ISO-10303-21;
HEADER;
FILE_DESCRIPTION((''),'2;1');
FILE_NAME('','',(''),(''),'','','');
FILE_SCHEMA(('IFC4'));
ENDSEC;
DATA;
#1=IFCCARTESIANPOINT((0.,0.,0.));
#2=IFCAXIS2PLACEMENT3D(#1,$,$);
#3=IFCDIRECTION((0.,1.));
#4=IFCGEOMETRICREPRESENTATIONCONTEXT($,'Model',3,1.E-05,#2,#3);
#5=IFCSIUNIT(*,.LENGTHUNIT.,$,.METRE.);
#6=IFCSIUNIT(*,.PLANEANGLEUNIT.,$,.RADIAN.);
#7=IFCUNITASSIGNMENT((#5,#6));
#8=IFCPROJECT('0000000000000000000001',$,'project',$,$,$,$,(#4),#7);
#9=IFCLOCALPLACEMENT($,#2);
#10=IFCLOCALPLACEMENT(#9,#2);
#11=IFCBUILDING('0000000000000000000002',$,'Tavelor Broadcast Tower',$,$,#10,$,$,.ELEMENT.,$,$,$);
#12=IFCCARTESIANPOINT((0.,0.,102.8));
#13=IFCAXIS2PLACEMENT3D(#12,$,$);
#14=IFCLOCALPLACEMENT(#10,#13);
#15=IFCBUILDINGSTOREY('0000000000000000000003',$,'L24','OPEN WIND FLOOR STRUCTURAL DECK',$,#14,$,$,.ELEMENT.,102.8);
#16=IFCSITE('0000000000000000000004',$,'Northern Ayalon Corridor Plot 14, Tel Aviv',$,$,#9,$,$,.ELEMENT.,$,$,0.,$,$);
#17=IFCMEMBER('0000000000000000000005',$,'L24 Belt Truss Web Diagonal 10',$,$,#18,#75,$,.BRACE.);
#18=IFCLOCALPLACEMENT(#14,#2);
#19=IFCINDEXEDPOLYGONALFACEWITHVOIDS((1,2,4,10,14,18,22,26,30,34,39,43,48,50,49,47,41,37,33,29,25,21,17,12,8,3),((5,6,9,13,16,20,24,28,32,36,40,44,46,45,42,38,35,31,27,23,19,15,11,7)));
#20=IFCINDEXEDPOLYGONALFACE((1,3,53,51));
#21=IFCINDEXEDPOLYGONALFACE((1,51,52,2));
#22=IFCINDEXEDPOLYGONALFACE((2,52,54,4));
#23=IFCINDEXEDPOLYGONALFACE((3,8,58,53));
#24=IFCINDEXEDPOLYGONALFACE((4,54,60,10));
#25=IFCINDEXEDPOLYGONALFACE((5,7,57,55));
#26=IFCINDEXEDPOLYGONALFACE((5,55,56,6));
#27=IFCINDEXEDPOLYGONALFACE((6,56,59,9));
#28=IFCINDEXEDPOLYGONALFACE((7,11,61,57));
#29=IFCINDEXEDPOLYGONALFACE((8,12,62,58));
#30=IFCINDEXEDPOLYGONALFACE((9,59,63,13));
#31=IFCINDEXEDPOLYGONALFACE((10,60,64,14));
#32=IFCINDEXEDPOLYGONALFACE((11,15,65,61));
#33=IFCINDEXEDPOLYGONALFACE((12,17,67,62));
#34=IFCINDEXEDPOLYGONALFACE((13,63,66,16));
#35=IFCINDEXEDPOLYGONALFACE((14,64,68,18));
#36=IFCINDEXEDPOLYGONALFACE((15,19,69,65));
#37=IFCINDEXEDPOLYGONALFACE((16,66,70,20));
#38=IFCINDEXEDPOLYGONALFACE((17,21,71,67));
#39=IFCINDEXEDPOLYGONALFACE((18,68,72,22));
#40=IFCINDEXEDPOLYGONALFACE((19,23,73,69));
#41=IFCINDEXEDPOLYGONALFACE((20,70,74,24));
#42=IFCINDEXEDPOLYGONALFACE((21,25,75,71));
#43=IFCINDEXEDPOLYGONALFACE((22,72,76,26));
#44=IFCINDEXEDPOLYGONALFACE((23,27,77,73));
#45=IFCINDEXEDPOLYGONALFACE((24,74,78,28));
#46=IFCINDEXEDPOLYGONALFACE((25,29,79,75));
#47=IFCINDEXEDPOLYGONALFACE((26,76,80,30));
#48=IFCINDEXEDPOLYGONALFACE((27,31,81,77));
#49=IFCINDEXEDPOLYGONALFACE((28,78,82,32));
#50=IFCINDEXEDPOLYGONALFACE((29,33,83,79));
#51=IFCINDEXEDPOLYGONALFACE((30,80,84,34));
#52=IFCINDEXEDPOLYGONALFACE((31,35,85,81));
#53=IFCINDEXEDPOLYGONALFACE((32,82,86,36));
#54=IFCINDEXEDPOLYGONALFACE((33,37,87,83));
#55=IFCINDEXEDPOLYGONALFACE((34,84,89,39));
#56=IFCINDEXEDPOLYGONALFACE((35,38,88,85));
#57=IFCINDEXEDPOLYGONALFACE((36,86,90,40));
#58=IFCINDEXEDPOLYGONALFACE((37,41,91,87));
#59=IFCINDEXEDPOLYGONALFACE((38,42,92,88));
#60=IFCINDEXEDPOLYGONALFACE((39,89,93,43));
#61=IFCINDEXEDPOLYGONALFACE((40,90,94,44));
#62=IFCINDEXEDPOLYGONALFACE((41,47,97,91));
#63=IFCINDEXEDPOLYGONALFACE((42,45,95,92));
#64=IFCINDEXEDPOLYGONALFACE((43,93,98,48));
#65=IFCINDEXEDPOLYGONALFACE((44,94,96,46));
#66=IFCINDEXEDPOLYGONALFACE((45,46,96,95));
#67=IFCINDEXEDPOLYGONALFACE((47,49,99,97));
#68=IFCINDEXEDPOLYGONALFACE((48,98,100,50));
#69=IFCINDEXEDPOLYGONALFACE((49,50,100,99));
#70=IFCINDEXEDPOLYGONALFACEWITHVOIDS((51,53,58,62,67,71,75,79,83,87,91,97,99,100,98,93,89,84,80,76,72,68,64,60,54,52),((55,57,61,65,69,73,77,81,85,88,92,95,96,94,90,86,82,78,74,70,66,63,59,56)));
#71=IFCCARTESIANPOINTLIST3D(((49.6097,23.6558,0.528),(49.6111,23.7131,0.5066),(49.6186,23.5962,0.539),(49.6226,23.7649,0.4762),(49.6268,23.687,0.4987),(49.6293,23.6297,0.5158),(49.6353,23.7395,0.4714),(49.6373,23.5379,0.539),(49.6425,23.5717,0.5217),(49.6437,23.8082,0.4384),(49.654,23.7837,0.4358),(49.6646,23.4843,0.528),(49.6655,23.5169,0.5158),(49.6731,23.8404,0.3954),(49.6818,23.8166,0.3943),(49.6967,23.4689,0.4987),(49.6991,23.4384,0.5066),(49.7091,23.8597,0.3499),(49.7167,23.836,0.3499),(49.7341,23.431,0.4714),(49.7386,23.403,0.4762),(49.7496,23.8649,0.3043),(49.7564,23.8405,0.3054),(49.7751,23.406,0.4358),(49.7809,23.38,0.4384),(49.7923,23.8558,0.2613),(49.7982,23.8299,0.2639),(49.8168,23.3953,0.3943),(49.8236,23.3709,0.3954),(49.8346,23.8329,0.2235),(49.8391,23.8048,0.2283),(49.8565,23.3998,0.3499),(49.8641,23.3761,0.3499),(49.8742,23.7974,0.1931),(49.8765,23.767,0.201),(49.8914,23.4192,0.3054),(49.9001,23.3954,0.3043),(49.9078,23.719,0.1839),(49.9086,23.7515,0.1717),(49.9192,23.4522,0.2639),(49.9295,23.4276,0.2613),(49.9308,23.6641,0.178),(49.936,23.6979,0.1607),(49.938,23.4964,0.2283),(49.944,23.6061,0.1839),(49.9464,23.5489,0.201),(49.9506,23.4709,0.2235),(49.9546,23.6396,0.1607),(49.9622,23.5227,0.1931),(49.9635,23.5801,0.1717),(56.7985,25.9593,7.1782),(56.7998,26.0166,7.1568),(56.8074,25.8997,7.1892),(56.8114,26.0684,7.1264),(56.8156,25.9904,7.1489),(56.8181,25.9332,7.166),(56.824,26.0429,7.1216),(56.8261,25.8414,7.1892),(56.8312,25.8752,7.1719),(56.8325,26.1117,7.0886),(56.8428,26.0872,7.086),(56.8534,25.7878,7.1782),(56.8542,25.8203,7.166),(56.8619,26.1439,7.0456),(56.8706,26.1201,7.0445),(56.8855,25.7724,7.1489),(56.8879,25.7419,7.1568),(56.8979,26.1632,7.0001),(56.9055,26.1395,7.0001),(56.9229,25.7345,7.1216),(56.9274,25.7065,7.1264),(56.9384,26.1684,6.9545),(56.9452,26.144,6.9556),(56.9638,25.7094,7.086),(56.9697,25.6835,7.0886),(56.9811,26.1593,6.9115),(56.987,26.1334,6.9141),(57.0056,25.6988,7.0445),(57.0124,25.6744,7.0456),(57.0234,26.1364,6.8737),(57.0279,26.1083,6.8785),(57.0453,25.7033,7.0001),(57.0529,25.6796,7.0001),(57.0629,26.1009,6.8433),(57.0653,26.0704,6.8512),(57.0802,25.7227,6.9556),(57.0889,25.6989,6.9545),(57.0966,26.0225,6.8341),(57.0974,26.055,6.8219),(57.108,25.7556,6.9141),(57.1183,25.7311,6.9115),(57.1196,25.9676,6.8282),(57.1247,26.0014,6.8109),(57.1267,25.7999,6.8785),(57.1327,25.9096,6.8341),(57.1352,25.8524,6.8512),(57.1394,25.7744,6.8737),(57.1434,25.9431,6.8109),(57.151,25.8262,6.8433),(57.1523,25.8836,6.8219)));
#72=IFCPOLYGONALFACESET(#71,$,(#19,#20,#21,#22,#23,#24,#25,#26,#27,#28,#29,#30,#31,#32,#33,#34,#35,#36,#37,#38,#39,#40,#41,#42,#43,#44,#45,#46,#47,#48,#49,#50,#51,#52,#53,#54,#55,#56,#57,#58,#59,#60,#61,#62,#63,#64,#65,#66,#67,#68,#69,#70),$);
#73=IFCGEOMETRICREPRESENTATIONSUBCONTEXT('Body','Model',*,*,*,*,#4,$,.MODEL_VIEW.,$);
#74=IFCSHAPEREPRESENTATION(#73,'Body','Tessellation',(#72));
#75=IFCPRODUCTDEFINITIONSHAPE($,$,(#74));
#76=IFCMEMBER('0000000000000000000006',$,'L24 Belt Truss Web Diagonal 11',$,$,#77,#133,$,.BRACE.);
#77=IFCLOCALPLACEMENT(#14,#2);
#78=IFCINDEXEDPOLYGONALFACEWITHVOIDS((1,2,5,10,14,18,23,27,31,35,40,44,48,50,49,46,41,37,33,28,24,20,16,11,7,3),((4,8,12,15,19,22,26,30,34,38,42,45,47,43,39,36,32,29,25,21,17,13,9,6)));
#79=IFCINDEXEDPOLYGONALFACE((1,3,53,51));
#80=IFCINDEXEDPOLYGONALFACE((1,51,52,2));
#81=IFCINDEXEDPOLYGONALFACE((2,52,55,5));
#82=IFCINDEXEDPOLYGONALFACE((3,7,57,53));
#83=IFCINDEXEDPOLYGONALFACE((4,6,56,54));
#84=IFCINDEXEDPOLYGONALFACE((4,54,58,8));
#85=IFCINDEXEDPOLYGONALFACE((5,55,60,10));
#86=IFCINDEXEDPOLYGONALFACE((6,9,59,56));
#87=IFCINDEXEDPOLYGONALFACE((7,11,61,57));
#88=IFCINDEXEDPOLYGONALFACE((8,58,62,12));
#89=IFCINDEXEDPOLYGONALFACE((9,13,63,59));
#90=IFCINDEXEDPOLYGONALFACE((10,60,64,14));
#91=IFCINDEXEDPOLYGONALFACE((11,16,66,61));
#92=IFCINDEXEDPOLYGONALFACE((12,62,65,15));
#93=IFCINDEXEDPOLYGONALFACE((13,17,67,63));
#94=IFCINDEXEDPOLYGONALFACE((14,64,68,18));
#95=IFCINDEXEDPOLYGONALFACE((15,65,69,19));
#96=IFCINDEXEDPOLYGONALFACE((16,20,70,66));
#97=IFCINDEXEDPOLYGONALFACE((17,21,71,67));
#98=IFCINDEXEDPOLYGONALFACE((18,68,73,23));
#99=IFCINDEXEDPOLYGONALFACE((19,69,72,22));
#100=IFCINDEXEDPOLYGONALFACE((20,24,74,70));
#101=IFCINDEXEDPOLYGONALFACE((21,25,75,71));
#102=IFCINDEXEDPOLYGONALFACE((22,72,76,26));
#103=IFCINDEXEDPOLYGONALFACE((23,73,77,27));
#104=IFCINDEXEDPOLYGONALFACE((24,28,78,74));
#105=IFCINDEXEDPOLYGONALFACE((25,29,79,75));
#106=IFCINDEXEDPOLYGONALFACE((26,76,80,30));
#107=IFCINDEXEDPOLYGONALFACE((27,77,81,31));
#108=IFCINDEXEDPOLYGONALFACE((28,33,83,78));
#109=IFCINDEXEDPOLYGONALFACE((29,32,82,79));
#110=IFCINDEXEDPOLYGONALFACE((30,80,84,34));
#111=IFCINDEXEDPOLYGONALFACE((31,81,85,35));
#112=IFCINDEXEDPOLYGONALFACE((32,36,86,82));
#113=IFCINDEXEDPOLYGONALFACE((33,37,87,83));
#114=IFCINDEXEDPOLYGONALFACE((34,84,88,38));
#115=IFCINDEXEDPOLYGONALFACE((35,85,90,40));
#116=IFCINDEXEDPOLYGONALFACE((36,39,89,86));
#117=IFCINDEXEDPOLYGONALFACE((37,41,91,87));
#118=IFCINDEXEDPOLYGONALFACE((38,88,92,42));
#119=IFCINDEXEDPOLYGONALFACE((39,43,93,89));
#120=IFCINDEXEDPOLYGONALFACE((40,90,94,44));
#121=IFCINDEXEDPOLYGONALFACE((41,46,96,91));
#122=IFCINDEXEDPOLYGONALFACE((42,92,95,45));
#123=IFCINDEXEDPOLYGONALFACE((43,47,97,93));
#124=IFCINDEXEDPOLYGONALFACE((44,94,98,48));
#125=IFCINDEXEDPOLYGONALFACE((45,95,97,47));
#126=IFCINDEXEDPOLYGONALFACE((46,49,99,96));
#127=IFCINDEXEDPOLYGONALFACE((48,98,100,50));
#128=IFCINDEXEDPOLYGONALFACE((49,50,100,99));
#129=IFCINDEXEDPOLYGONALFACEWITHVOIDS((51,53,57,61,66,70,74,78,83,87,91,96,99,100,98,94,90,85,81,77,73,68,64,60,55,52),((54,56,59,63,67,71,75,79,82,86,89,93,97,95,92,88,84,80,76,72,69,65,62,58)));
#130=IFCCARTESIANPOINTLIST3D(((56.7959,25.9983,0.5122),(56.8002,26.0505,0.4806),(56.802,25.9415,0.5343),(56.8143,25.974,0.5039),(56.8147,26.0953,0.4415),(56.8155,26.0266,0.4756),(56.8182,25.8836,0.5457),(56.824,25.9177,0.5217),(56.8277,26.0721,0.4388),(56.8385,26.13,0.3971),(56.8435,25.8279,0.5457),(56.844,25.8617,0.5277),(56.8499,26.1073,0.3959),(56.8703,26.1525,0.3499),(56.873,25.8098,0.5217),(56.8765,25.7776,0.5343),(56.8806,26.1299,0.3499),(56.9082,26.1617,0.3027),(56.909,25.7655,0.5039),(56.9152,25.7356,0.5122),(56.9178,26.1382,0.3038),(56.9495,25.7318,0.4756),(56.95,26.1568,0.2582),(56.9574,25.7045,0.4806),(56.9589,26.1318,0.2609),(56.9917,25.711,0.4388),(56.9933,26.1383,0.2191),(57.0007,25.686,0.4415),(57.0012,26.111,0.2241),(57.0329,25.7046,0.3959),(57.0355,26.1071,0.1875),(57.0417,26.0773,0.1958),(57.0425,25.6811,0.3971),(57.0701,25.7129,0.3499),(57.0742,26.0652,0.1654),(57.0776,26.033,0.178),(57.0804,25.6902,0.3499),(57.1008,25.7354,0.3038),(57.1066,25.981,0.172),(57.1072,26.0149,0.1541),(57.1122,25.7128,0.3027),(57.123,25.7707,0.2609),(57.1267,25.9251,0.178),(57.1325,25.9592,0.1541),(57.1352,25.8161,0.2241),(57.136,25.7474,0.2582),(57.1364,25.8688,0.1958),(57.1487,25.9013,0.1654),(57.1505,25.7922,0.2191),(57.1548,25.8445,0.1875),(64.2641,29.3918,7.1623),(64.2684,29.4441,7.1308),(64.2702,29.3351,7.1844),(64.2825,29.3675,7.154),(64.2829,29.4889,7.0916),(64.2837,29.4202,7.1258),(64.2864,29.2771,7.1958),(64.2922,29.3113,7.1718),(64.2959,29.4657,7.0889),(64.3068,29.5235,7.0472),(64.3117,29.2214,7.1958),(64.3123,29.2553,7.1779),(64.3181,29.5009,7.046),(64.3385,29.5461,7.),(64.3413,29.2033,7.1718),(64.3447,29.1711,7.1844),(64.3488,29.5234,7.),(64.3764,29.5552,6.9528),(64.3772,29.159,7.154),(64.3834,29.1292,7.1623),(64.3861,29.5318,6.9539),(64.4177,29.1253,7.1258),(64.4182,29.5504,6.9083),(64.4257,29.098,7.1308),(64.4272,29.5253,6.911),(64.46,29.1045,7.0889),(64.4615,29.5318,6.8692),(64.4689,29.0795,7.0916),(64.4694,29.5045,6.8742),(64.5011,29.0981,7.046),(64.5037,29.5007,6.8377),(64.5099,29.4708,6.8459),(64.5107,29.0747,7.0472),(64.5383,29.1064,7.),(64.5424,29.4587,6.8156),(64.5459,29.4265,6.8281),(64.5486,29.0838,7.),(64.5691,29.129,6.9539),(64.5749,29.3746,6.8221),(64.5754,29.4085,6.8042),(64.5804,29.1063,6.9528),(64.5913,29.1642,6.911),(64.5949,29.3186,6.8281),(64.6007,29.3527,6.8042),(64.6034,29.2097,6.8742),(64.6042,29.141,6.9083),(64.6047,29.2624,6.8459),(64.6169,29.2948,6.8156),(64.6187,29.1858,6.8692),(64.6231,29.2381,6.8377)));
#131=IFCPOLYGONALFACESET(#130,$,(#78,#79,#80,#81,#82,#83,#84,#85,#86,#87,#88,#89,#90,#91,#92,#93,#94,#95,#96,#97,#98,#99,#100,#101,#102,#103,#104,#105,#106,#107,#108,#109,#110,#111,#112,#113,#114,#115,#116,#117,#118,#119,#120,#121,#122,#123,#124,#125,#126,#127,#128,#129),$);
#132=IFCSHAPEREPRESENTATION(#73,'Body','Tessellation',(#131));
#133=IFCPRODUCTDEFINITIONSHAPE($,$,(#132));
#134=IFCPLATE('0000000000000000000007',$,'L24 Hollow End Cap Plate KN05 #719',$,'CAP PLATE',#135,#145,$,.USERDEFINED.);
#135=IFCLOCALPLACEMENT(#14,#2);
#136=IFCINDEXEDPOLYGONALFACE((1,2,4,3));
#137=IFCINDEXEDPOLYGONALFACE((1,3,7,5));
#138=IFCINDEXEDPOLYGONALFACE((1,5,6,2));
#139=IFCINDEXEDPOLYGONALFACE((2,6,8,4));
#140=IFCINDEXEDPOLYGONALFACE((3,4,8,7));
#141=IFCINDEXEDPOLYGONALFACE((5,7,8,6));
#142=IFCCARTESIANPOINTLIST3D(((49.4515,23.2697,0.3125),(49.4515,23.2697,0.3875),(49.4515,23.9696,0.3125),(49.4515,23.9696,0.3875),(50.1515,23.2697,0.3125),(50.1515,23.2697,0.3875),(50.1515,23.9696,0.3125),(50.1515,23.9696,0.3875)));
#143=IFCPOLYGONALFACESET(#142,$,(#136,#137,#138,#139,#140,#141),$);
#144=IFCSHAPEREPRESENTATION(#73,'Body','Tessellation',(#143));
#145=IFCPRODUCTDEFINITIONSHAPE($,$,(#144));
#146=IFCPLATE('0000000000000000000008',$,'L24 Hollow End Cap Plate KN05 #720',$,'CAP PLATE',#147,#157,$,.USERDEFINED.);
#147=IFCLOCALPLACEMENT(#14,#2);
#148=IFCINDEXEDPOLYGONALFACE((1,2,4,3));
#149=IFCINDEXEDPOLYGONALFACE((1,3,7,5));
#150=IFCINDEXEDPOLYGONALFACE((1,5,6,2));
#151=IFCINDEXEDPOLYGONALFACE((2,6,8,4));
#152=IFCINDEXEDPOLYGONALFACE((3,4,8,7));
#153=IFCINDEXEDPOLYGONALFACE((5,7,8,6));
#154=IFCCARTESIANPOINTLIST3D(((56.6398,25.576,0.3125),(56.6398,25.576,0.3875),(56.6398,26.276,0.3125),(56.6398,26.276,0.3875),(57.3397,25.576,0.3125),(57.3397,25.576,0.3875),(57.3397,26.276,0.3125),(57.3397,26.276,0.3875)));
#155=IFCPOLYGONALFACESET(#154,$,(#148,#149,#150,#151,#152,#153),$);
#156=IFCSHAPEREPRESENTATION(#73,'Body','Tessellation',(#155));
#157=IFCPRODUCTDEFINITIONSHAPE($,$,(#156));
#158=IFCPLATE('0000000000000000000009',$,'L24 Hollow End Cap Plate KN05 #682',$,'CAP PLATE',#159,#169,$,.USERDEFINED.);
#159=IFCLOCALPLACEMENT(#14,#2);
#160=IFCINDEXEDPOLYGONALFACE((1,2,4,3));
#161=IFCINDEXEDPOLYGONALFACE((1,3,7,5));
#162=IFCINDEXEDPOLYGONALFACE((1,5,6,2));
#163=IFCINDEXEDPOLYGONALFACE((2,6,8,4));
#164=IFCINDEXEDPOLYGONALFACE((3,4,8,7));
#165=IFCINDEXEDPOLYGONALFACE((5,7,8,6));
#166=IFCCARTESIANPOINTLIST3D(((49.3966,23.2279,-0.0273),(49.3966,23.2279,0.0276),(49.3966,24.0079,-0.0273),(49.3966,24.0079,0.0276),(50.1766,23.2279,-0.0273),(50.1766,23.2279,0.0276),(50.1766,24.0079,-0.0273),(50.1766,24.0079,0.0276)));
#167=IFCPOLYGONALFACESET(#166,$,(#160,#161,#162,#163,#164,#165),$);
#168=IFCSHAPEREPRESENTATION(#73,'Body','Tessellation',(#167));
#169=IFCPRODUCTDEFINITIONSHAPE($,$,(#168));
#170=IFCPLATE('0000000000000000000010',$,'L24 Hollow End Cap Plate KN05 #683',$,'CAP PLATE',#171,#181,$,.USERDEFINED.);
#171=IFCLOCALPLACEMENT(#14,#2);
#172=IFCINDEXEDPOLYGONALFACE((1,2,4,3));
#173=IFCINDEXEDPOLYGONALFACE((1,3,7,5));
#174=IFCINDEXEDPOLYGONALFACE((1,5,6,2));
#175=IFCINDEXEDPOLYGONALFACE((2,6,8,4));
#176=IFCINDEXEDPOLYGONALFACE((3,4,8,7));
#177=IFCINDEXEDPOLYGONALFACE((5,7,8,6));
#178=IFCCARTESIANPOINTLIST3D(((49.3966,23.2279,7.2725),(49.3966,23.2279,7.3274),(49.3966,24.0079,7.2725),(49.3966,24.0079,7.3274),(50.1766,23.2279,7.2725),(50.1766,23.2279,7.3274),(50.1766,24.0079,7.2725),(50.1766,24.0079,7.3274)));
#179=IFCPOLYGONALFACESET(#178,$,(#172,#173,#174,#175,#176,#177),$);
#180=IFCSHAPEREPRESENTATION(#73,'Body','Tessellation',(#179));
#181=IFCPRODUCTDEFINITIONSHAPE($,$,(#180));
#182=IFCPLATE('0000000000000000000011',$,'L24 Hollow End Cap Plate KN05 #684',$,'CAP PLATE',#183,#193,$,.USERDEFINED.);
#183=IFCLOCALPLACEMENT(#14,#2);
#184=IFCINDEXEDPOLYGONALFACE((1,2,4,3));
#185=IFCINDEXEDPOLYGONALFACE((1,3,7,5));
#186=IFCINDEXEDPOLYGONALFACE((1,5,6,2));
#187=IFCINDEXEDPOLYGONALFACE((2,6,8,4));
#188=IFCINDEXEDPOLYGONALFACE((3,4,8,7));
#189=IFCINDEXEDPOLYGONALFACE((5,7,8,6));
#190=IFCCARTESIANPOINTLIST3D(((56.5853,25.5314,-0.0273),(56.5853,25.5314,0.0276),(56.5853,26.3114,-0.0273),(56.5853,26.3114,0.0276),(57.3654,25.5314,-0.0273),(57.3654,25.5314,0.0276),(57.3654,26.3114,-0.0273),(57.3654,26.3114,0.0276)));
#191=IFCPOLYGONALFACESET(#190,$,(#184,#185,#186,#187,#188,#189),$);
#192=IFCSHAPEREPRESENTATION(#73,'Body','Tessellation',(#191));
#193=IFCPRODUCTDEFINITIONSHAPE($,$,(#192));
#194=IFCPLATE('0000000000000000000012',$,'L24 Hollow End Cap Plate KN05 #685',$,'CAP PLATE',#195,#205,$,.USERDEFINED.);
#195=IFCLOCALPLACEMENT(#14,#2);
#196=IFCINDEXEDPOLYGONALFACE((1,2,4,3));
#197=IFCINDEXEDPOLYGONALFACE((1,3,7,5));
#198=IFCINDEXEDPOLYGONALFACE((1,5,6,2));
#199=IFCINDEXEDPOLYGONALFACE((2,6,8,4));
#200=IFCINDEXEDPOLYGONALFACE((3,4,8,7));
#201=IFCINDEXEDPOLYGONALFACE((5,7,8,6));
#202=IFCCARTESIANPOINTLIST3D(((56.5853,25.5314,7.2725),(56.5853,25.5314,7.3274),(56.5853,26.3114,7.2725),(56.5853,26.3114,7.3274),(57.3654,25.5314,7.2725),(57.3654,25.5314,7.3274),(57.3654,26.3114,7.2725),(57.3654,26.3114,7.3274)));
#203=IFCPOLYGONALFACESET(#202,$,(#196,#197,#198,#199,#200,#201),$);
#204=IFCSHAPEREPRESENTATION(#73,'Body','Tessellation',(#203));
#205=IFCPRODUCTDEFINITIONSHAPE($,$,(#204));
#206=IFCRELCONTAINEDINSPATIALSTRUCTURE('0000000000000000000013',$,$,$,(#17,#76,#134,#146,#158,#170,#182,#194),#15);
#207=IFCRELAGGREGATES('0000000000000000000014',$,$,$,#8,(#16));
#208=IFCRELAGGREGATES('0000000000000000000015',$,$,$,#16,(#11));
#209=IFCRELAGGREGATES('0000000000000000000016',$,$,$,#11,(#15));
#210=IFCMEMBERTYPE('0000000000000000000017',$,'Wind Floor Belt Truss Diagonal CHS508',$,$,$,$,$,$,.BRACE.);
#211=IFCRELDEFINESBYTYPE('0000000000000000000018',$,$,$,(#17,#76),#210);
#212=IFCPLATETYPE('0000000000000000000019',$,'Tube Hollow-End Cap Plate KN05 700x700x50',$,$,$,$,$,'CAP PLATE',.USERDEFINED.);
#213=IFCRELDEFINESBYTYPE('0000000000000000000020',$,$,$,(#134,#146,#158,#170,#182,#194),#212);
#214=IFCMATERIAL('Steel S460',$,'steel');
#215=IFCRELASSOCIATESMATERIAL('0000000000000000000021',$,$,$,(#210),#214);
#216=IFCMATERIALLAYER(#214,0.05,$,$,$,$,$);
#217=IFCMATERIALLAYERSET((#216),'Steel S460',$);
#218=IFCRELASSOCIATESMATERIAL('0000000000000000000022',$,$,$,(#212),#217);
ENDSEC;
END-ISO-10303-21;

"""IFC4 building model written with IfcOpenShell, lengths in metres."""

from ifc_helpers import new_model, si_unit, direction, frame, origin, origin_2d, place, context, subcontext, project, spatial, rectangle, hollow_circle, extrude, source, transform, mapped, material, layer, layer_set, material_profile, profile_set, type_object, type_shapes, element, save


model = new_model("IFC4")

# Units and contexts
model_context = context("Model", 3, precision=1e-05, world=origin(), true_north=direction((0.0, 1.0)))
body_context = subcontext(model_context, "Body", "Model", "MODEL_VIEW")
ifc_project = project(units=[si_unit("LENGTHUNIT", "METRE"), si_unit("PLANEANGLEUNIT", "RADIAN")], contexts=[model_context])

# Site, building, storey
site_placement = place(None, origin())
site = spatial("IfcSite", under=ifc_project, at=site_placement, Name="Northern Ayalon Corridor Plot 14, Tel Aviv", CompositionType="ELEMENT", RefElevation=0.0)
building_placement = place(site_placement, origin())
building = spatial("IfcBuilding", under=site, at=building_placement, Name="Tavelor Broadcast Tower", CompositionType="ELEMENT")
storey_placement = place(building_placement, frame((0.0, 0.0, 102.8)))
storey = spatial("IfcBuildingStorey", under=building, at=storey_placement, Name="L24", Description="OPEN WIND FLOOR STRUCTURAL DECK", CompositionType="ELEMENT", Elevation=102.8)

# Shared definitions
ifc_material_1 = material(Name="Steel S460", Category="steel")

# Members
ifc_material_profile_1 = material_profile(ifc_material_1, hollow_circle(Radius=0.2539, WallThickness=0.0249, at=origin_2d()), Name="CHS 508x25")
ifc_profile_set_1 = profile_set([ifc_material_profile_1], Name="Steel S460")
member_type_1 = type_object("IfcMemberType", Name="Wind Floor Belt Truss Diagonal CHS508", PredefinedType="BRACE", material=ifc_profile_set_1)
member_1_placement = place(storey_placement, frame((49.7866, 23.6179, 0.3499), z_axis=(0.714569, 0.228968, 0.661034), x_axis=(-0.305145, 0.952306, 0.0)))
element("IfcMember", 1, at=member_1_placement, inside=storey, type_object=member_type_1, Name="L24 Belt Truss Web Diagonal 10", PredefinedType="BRACE", context=body_context, shape_type="SweptSolid", body=[
    extrude(hollow_circle(Radius=0.2539, WallThickness=0.0249, at=origin_2d()), origin(), (0.0, 0.0, 1.0), 10.0603),
])
member_2_placement = place(storey_placement, frame((56.9753, 25.9214, 0.3499), z_axis=(0.707215, 0.321356, 0.629743), x_axis=(-0.413691, 0.910417, 0.0)))
element("IfcMember", 2, at=member_2_placement, inside=storey, type_object=member_type_1, Name="L24 Belt Truss Web Diagonal 11", PredefinedType="BRACE", context=body_context, shape_type="SweptSolid", body=[
    extrude(hollow_circle(Radius=0.2539, WallThickness=0.0249, at=origin_2d()), origin(), (0.0, 0.0, 1.0), 10.5601),
])

# Plates
ifc_layer_1 = layer(ifc_material_1, 0.05)
ifc_layer_set_1 = layer_set([ifc_layer_1], Name="Steel S460")
plate_type_1 = type_object("IfcPlateType", Name="Tube Hollow-End Cap Plate KN05 700x700x50", ElementType="CAP PLATE", PredefinedType="USERDEFINED", material=ifc_layer_set_1)
shared_shape_1 = source(origin(), body_context, "Body", "SweptSolid", [
    extrude(rectangle(XDim=0.7, YDim=0.7, at=origin_2d()), origin(), (0.0, 0.0, 1.0), 0.075),
])
for number, where, z_axis, x_axis, name in (
    (3, (49.8015, 23.6196, 0.3125), (0.0, 0.0, 1.0), (1.0, 0.0, 0.0), "L24 Hollow End Cap Plate KN05 #719"),
    (4, (56.9897, 25.926, 0.3125), (0.0, 0.0, 1.0), (1.0, 0.0, 0.0), "L24 Hollow End Cap Plate KN05 #720"),
):
    element("IfcPlate", number, at=place(storey_placement, frame(where, z_axis=z_axis, x_axis=x_axis)), inside=storey, type_object=plate_type_1, Name=name, ObjectType="CAP PLATE", PredefinedType="USERDEFINED", context=body_context, shape_type="MappedRepresentation", body=[
        mapped(shared_shape_1, transform((0.0, 0.0, 0.0), scale=1.0)),
    ])
shared_shape_2 = source(origin(), body_context, "Body", "SweptSolid", [
    extrude(rectangle(XDim=0.78, YDim=0.78, at=origin_2d()), origin(), (0.0, 0.0, 1.0), 0.0549),
])
type_shapes(plate_type_1, [shared_shape_1, shared_shape_2])
for number, where, z_axis, x_axis, name in (
    (5, (49.7866, 23.6179, -0.0273), (0.0, 0.0, 1.0), (1.0, 0.0, 0.0), "L24 Hollow End Cap Plate KN05 #682"),
    (6, (49.7866, 23.6179, 7.2725), (0.0, 0.0, 1.0), (1.0, 0.0, 0.0), "L24 Hollow End Cap Plate KN05 #683"),
    (7, (56.9753, 25.9214, -0.0273), (0.0, 0.0, 1.0), (1.0, 0.0, 0.0), "L24 Hollow End Cap Plate KN05 #684"),
    (8, (56.9753, 25.9214, 7.2725), (0.0, 0.0, 1.0), (1.0, 0.0, 0.0), "L24 Hollow End Cap Plate KN05 #685"),
):
    element("IfcPlate", number, at=place(storey_placement, frame(where, z_axis=z_axis, x_axis=x_axis)), inside=storey, type_object=plate_type_1, Name=name, ObjectType="CAP PLATE", PredefinedType="USERDEFINED", context=body_context, shape_type="MappedRepresentation", body=[
        mapped(shared_shape_2, transform((0.0, 0.0, 0.0), scale=1.0)),
    ])

save(model, "model.ifc")
